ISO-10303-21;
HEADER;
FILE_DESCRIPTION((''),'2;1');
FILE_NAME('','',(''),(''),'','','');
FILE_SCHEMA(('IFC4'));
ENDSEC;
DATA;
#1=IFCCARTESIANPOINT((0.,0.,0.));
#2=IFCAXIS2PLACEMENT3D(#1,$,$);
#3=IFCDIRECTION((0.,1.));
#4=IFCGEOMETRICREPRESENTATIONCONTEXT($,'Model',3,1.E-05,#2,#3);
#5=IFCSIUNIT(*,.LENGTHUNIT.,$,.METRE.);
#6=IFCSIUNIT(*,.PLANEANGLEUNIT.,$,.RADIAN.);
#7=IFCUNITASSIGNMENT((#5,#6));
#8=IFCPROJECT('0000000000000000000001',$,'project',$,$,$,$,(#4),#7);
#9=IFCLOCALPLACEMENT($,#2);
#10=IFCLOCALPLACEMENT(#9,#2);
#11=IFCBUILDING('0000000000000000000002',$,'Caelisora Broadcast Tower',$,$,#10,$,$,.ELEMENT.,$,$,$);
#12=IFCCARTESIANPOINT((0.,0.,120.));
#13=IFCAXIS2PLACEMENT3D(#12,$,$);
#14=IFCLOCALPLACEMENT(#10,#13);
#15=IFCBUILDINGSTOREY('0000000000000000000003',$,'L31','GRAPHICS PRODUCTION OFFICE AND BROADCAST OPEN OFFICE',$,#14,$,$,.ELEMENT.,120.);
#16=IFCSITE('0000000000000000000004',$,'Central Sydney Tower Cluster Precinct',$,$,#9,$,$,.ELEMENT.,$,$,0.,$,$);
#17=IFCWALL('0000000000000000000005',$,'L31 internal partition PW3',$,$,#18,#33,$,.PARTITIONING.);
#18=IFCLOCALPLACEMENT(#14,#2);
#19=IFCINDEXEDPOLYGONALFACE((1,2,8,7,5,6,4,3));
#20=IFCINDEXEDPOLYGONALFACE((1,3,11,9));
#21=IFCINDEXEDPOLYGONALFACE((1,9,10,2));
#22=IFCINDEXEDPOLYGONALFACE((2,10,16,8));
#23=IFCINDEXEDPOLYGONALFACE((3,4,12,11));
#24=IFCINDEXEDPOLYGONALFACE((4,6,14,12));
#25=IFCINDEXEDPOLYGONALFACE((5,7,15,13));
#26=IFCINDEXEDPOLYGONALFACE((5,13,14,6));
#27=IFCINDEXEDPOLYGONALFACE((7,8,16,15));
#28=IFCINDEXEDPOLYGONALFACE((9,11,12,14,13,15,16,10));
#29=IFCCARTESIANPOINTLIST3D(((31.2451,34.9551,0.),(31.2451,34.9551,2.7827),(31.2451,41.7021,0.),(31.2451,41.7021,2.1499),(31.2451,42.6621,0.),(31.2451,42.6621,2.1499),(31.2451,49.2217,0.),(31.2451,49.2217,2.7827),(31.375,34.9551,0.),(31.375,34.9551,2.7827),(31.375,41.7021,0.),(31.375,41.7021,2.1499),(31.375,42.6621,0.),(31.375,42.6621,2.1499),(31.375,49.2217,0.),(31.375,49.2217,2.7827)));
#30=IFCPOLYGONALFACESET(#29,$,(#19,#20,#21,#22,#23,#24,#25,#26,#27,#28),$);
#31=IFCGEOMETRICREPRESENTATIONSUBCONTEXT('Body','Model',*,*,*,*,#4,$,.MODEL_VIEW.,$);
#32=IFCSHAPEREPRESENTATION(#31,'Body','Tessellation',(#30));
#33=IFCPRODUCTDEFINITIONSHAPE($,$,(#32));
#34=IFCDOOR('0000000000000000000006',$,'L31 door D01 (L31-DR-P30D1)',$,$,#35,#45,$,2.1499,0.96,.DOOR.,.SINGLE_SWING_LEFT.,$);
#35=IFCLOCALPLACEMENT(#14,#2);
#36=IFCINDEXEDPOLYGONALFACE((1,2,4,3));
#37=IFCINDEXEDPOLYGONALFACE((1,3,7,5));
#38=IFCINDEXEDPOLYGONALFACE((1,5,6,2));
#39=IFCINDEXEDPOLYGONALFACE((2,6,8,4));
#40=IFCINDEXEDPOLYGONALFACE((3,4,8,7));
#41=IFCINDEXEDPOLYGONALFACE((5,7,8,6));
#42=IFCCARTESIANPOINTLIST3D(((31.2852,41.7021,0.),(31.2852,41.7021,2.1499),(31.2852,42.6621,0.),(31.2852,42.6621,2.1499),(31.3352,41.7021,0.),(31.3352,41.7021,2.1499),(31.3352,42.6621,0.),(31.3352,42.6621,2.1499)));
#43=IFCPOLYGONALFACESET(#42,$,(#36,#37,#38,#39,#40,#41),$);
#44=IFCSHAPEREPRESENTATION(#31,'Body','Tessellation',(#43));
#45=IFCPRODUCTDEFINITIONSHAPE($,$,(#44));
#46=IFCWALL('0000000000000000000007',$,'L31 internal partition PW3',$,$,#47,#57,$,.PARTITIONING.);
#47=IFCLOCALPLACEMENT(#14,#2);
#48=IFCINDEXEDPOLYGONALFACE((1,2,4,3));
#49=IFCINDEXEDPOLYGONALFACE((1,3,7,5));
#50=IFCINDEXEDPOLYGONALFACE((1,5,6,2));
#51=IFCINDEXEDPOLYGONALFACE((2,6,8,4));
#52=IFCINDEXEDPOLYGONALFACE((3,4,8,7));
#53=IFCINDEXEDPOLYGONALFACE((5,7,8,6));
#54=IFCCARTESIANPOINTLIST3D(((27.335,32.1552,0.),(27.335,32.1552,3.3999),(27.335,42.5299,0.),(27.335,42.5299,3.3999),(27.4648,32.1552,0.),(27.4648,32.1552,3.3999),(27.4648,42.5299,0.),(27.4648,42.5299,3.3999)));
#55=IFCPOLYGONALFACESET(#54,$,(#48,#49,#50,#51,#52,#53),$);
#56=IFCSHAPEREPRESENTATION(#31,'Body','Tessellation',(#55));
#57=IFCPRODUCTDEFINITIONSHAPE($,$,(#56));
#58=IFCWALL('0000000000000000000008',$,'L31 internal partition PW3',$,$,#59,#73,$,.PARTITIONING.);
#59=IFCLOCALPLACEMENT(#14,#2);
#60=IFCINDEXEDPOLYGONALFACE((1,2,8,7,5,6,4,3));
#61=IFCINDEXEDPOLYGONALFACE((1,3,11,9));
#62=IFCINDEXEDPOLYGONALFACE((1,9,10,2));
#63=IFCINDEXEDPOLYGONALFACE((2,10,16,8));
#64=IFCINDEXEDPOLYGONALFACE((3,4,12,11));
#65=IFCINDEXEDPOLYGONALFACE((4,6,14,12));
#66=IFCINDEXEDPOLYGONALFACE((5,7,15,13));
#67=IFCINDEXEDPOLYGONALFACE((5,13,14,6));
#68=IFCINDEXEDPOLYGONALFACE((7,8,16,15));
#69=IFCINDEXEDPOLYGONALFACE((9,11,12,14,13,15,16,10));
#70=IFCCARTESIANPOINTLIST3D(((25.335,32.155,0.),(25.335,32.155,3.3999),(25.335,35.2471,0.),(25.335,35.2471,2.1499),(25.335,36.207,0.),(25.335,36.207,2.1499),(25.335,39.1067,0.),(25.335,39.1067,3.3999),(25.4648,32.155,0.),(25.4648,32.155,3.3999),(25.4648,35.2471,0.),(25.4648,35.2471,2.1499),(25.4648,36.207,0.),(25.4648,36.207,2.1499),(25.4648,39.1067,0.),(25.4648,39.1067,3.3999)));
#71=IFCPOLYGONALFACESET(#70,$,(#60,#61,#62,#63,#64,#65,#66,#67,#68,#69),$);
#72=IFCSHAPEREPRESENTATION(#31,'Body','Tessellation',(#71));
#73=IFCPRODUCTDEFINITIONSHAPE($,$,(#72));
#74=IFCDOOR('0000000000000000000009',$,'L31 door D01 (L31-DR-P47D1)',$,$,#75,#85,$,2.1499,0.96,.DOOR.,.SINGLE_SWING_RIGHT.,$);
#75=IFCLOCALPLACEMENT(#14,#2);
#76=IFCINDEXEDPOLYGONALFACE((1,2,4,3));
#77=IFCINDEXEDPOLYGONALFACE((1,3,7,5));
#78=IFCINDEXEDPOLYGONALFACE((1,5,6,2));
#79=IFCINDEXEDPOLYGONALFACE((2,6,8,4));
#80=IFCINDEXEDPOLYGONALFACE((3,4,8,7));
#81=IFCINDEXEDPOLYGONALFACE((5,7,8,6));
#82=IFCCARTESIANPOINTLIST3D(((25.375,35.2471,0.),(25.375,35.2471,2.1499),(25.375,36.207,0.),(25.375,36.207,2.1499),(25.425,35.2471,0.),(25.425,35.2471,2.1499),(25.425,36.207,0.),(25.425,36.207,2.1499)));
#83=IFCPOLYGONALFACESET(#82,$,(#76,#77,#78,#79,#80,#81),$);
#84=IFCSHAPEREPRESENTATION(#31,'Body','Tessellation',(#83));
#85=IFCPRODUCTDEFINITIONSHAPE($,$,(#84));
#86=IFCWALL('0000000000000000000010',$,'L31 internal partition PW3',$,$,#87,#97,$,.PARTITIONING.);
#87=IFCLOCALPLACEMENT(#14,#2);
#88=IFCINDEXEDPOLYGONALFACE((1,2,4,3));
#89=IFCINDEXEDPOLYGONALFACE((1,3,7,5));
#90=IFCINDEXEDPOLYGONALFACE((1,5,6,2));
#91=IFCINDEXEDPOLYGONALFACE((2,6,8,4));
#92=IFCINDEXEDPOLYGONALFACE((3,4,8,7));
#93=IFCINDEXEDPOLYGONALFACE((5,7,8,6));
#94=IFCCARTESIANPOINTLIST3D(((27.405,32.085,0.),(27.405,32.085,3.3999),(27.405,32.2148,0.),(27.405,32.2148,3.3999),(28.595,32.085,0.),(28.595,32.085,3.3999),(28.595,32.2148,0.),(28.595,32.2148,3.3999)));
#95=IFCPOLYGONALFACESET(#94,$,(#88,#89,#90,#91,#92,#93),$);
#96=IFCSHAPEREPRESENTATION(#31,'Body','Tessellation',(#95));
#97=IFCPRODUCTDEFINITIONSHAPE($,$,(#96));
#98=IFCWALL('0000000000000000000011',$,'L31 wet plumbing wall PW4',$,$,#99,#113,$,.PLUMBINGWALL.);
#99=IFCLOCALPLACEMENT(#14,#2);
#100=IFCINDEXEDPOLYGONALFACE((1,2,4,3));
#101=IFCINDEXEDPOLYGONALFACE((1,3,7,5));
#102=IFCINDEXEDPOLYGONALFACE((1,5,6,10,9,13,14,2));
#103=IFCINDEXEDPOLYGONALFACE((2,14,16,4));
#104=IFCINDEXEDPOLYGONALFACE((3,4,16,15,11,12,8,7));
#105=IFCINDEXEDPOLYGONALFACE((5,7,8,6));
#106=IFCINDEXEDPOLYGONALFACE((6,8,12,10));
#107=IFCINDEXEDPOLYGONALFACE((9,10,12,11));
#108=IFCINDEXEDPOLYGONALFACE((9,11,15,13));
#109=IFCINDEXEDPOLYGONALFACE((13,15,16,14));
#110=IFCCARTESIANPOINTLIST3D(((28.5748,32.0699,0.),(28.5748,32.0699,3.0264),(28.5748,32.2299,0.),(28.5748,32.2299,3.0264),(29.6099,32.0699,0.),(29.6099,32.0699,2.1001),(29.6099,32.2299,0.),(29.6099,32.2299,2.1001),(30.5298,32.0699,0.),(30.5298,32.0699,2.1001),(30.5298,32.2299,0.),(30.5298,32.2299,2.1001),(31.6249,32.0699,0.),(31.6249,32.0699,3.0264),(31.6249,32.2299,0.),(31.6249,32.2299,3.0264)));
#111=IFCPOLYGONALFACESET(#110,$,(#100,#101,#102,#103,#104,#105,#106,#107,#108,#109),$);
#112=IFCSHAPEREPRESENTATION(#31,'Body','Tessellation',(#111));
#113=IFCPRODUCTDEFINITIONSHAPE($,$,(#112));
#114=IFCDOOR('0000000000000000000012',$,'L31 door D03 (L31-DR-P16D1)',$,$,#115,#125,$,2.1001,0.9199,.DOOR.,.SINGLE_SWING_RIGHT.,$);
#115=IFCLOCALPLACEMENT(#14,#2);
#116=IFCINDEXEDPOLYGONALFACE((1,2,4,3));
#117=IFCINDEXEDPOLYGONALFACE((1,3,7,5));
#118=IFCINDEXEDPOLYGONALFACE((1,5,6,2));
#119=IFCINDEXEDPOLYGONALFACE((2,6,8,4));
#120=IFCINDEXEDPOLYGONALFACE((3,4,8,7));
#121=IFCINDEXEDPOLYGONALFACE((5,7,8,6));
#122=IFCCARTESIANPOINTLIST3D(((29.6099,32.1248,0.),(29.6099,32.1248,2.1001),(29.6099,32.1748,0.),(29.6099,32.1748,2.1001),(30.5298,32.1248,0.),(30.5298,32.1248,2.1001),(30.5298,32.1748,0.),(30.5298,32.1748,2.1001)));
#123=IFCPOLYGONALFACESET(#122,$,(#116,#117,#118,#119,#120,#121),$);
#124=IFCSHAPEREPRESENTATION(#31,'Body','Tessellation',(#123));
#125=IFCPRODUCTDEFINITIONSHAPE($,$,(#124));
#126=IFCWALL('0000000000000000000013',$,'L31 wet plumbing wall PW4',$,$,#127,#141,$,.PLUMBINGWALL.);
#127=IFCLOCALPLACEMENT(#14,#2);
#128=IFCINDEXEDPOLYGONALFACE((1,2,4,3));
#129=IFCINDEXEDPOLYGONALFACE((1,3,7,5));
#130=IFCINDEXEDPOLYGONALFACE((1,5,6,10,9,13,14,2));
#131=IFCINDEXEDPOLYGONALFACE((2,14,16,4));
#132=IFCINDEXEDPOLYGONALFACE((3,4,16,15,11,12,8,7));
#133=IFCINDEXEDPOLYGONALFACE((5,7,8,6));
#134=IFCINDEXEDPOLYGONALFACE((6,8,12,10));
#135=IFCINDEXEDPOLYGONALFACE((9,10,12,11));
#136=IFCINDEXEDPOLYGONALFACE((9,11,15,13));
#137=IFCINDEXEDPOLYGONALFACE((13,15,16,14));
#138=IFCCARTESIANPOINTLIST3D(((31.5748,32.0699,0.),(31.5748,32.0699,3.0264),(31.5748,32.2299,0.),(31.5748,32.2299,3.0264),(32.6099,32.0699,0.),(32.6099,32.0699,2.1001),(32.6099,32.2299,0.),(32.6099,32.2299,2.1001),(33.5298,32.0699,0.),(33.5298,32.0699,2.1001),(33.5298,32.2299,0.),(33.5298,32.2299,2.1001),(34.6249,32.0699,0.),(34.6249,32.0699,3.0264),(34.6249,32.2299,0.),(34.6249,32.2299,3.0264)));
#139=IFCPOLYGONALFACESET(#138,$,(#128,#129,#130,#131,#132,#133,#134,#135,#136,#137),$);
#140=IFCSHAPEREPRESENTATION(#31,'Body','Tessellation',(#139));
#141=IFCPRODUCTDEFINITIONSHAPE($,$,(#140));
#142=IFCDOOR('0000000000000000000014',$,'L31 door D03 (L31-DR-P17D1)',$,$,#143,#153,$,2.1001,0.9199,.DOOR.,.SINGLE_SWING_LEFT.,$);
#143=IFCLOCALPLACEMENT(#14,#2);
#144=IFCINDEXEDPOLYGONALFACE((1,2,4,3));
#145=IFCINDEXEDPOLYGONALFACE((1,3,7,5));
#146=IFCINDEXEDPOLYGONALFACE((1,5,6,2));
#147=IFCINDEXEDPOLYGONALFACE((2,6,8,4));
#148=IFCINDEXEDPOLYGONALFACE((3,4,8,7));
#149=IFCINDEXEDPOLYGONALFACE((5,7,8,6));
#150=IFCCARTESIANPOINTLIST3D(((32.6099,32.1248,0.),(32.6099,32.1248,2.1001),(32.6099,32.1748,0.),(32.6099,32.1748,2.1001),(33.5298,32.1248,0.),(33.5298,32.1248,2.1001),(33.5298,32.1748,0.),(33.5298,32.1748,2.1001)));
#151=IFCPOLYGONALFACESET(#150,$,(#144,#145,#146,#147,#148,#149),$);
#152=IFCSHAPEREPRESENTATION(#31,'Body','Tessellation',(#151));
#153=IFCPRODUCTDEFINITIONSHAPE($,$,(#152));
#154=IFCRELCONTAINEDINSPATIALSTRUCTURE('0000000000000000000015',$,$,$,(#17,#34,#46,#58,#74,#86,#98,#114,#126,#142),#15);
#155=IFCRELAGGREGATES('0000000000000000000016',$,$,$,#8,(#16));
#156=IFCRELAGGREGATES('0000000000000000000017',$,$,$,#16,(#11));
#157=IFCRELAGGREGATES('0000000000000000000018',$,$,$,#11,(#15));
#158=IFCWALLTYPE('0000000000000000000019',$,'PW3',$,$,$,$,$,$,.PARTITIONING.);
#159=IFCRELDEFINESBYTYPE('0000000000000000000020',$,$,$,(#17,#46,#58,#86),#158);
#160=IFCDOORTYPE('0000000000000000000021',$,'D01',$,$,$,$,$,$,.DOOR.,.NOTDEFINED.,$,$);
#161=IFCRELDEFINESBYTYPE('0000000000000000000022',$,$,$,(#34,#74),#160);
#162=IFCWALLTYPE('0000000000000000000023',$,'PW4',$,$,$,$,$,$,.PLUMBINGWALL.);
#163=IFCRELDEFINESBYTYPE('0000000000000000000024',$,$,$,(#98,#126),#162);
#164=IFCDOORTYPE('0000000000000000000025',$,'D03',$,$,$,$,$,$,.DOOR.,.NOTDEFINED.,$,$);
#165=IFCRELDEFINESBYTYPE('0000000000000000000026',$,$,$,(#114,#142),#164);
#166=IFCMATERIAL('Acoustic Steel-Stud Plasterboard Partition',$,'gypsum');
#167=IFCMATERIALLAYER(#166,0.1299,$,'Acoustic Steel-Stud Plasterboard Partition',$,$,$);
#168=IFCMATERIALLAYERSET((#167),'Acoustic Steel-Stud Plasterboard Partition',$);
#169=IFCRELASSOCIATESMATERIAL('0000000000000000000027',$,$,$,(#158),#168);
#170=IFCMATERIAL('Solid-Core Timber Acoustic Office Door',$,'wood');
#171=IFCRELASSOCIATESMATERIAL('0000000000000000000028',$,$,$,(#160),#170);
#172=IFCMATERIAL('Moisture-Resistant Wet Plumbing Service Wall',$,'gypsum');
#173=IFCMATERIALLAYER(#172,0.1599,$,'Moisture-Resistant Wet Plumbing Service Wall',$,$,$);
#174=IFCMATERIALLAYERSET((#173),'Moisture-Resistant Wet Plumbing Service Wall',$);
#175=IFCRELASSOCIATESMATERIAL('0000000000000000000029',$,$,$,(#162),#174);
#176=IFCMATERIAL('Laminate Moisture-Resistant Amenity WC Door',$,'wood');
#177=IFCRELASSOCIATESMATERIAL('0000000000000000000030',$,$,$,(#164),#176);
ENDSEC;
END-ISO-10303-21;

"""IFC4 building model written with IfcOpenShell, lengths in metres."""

from ifc_helpers import new_model, si_unit, direction, frame, frame_2d, origin, place, context, subcontext, project, spatial, rectangle, extrude, material, layer, layer_set, type_object, element, fill, save


model = new_model("IFC4")

# Units and contexts
model_context = context("Model", 3, precision=1e-05, world=origin(), true_north=direction((0.0, 1.0)))
body_context = subcontext(model_context, "Body", "Model", "MODEL_VIEW")
ifc_project = project(units=[si_unit("LENGTHUNIT", "METRE"), si_unit("PLANEANGLEUNIT", "RADIAN")], contexts=[model_context])

# Site, building, storey
site_placement = place(None, origin())
site = spatial("IfcSite", under=ifc_project, at=site_placement, Name="Central Sydney Tower Cluster Precinct", CompositionType="ELEMENT", RefElevation=0.0)
building_placement = place(site_placement, origin())
building = spatial("IfcBuilding", under=site, at=building_placement, Name="Caelisora Broadcast Tower", CompositionType="ELEMENT")
storey_placement = place(building_placement, frame((0.0, 0.0, 120.0)))
storey = spatial("IfcBuildingStorey", under=building, at=storey_placement, Name="L31", Description="GRAPHICS PRODUCTION OFFICE AND BROADCAST OPEN OFFICE", CompositionType="ELEMENT", Elevation=120.0)

# Wall, opening, door
ifc_material_1 = material(Name="Acoustic Steel-Stud Plasterboard Partition", Category="gypsum")
ifc_layer_1 = layer(ifc_material_1, 0.1299, Name="Acoustic Steel-Stud Plasterboard Partition")
ifc_layer_set_1 = layer_set([ifc_layer_1], Name="Acoustic Steel-Stud Plasterboard Partition")
wall_type_1 = type_object("IfcWallType", Name="PW3", PredefinedType="PARTITIONING", material=ifc_layer_set_1)
ifc_material_2 = material(Name="Solid-Core Timber Acoustic Office Door", Category="wood")
door_type_1 = type_object("IfcDoorType", Name="D01", OperationType="NOTDEFINED", PredefinedType="DOOR", material=ifc_material_2)
wall_1_placement = place(storey_placement, frame((31.3101, 34.9551, 0.0), z_axis=(0.0, 0.0, 1.0), x_axis=(0.0, 1.0, 0.0)))
wall_1 = element("IfcWall", 1, at=wall_1_placement, inside=storey, type_object=wall_type_1, Name="L31 internal partition PW3", PredefinedType="PARTITIONING", context=body_context, shape_type="SweptSolid", body=[
    extrude(rectangle(XDim=14.2666, YDim=0.1299, at=frame_2d((7.1333, 0.0))), origin(), (0.0, 0.0, 1.0), 2.7827),
])
opening_1_placement = place(wall_1_placement, frame((6.7471, 0.0, 0.0)))
opening_1 = element("IfcOpeningElement", 2, at=opening_1_placement, cuts=wall_1, PredefinedType="OPENING", context=body_context, shape_type="SweptSolid", body=[
    extrude(rectangle(XDim=0.96, YDim=2.1499, at=frame_2d((0.48, 1.075))), frame((0.0, 0.0769, 0.0), z_axis=(0.0, -1.0, 0.0), x_axis=(1.0, 0.0, 0.0)), (0.0, 0.0, 1.0), 0.1538),
])
door_1_placement = place(opening_1_placement, origin())
door_1 = element("IfcDoor", 3, at=door_1_placement, inside=storey, type_object=door_type_1, Name="L31 door D01 (L31-DR-P30D1)", OperationType="SINGLE_SWING_LEFT", OverallHeight=2.1499, OverallWidth=0.96, PredefinedType="DOOR", context=body_context, shape_type="SweptSolid", body=[
    extrude(rectangle(XDim=0.96, YDim=2.1499, at=frame_2d((0.48, 1.075))), frame((0.0, 0.0249, 0.0), z_axis=(0.0, -1.0, 0.0), x_axis=(1.0, 0.0, 0.0)), (0.0, 0.0, 1.0), 0.05),
])
fill(opening_1, door_1)

# Wall
wall_2_placement = place(storey_placement, frame((27.3999, 32.155, 0.0), z_axis=(0.0, 0.0, 1.0), x_axis=(0.0, 1.0, 0.0)))
element("IfcWall", 4, at=wall_2_placement, inside=storey, type_object=wall_type_1, Name="L31 internal partition PW3", PredefinedType="PARTITIONING", context=body_context, shape_type="SweptSolid", body=[
    extrude(rectangle(XDim=10.3748, YDim=0.1299, at=frame_2d((5.1875, 0.0))), origin(), (0.0, 0.0, 1.0), 3.3999),
])

# Wall, opening, door
wall_3_placement = place(storey_placement, frame((25.3999, 32.155, 0.0), z_axis=(0.0, 0.0, 1.0), x_axis=(0.0, 1.0, 0.0)))
wall_3 = element("IfcWall", 5, at=wall_3_placement, inside=storey, type_object=wall_type_1, Name="L31 internal partition PW3", PredefinedType="PARTITIONING", context=body_context, shape_type="SweptSolid", body=[
    extrude(rectangle(XDim=6.9517, YDim=0.1299, at=frame_2d((3.4758, 0.0))), origin(), (0.0, 0.0, 1.0), 3.3999),
])
opening_2_placement = place(wall_3_placement, frame((3.092, 0.0, 0.0)))
opening_2 = element("IfcOpeningElement", 6, at=opening_2_placement, cuts=wall_3, PredefinedType="OPENING", context=body_context, shape_type="SweptSolid", body=[
    extrude(rectangle(XDim=0.96, YDim=2.1499, at=frame_2d((0.48, 1.075))), frame((0.0, 0.0769, 0.0), z_axis=(0.0, -1.0, 0.0), x_axis=(1.0, 0.0, 0.0)), (0.0, 0.0, 1.0), 0.1538),
])
door_2_placement = place(opening_2_placement, origin())
door_2 = element("IfcDoor", 7, at=door_2_placement, inside=storey, type_object=door_type_1, Name="L31 door D01 (L31-DR-P47D1)", OperationType="SINGLE_SWING_RIGHT", OverallHeight=2.1499, OverallWidth=0.96, PredefinedType="DOOR", context=body_context, shape_type="SweptSolid", body=[
    extrude(rectangle(XDim=0.96, YDim=2.1499, at=frame_2d((0.48, 1.075))), frame((0.0, 0.0249, 0.0), z_axis=(0.0, -1.0, 0.0), x_axis=(1.0, 0.0, 0.0)), (0.0, 0.0, 1.0), 0.05),
])
fill(opening_2, door_2)

# Wall
wall_4_placement = place(storey_placement, frame((27.405, 32.1499, 0.0), z_axis=(0.0, 0.0, 1.0), x_axis=(1.0, 0.0, 0.0)))
element("IfcWall", 8, at=wall_4_placement, inside=storey, type_object=wall_type_1, Name="L31 internal partition PW3", PredefinedType="PARTITIONING", context=body_context, shape_type="SweptSolid", body=[
    extrude(rectangle(XDim=1.1899, YDim=0.1299, at=frame_2d((0.595, 0.0))), origin(), (0.0, 0.0, 1.0), 3.3999),
])

# Walls, openings, doors
ifc_material_3 = material(Name="Moisture-Resistant Wet Plumbing Service Wall", Category="gypsum")
ifc_layer_2 = layer(ifc_material_3, 0.1599, Name="Moisture-Resistant Wet Plumbing Service Wall")
ifc_layer_set_2 = layer_set([ifc_layer_2], Name="Moisture-Resistant Wet Plumbing Service Wall")
wall_type_2 = type_object("IfcWallType", Name="PW4", PredefinedType="PLUMBINGWALL", material=ifc_layer_set_2)
wall_5_placement = place(storey_placement, frame((28.575, 32.1499, 0.0), z_axis=(0.0, 0.0, 1.0), x_axis=(1.0, 0.0, 0.0)))
wall_5 = element("IfcWall", 9, at=wall_5_placement, inside=storey, type_object=wall_type_2, Name="L31 wet plumbing wall PW4", PredefinedType="PLUMBINGWALL", context=body_context, shape_type="SweptSolid", body=[
    extrude(rectangle(XDim=3.05, YDim=0.1599, at=frame_2d((1.5249, 0.0))), origin(), (0.0, 0.0, 1.0), 3.0264),
])
opening_3_placement = place(wall_5_placement, frame((1.0349, 0.0, 0.0)))
opening_3 = element("IfcOpeningElement", 10, at=opening_3_placement, cuts=wall_5, PredefinedType="OPENING", context=body_context, shape_type="SweptSolid", body=[
    extrude(rectangle(XDim=0.9199, YDim=2.1001, at=frame_2d((0.46, 1.05))), frame((0.0, 0.092, 0.0), z_axis=(0.0, -1.0, 0.0), x_axis=(1.0, 0.0, 0.0)), (0.0, 0.0, 1.0), 0.1838),
])
ifc_material_4 = material(Name="Laminate Moisture-Resistant Amenity WC Door", Category="wood")
door_type_2 = type_object("IfcDoorType", Name="D03", OperationType="NOTDEFINED", PredefinedType="DOOR", material=ifc_material_4)
door_3_placement = place(opening_3_placement, origin())
door_3 = element("IfcDoor", 11, at=door_3_placement, inside=storey, type_object=door_type_2, Name="L31 door D03 (L31-DR-P16D1)", OperationType="SINGLE_SWING_RIGHT", OverallHeight=2.1001, OverallWidth=0.9199, PredefinedType="DOOR", context=body_context, shape_type="SweptSolid", body=[
    extrude(rectangle(XDim=0.9199, YDim=2.1001, at=frame_2d((0.46, 1.05))), frame((0.0, 0.0249, 0.0), z_axis=(0.0, -1.0, 0.0), x_axis=(1.0, 0.0, 0.0)), (0.0, 0.0, 1.0), 0.05),
])
fill(opening_3, door_3)
wall_6_placement = place(storey_placement, frame((31.575, 32.1499, 0.0), z_axis=(0.0, 0.0, 1.0), x_axis=(1.0, 0.0, 0.0)))
wall_6 = element("IfcWall", 12, at=wall_6_placement, inside=storey, type_object=wall_type_2, Name="L31 wet plumbing wall PW4", PredefinedType="PLUMBINGWALL", context=body_context, shape_type="SweptSolid", body=[
    extrude(rectangle(XDim=3.05, YDim=0.1599, at=frame_2d((1.5249, 0.0))), origin(), (0.0, 0.0, 1.0), 3.0264),
])
opening_4_placement = place(wall_6_placement, frame((1.0349, 0.0, 0.0)))
opening_4 = element("IfcOpeningElement", 13, at=opening_4_placement, cuts=wall_6, PredefinedType="OPENING", context=body_context, shape_type="SweptSolid", body=[
    extrude(rectangle(XDim=0.9199, YDim=2.1001, at=frame_2d((0.46, 1.05))), frame((0.0, 0.092, 0.0), z_axis=(0.0, -1.0, 0.0), x_axis=(1.0, 0.0, 0.0)), (0.0, 0.0, 1.0), 0.1838),
])
door_4_placement = place(opening_4_placement, origin())
door_4 = element("IfcDoor", 14, at=door_4_placement, inside=storey, type_object=door_type_2, Name="L31 door D03 (L31-DR-P17D1)", OperationType="SINGLE_SWING_LEFT", OverallHeight=2.1001, OverallWidth=0.9199, PredefinedType="DOOR", context=body_context, shape_type="SweptSolid", body=[
    extrude(rectangle(XDim=0.9199, YDim=2.1001, at=frame_2d((0.46, 1.05))), frame((0.0, 0.0249, 0.0), z_axis=(0.0, -1.0, 0.0), x_axis=(1.0, 0.0, 0.0)), (0.0, 0.0, 1.0), 0.05),
])
fill(opening_4, door_4)

save(model, "model.ifc")
